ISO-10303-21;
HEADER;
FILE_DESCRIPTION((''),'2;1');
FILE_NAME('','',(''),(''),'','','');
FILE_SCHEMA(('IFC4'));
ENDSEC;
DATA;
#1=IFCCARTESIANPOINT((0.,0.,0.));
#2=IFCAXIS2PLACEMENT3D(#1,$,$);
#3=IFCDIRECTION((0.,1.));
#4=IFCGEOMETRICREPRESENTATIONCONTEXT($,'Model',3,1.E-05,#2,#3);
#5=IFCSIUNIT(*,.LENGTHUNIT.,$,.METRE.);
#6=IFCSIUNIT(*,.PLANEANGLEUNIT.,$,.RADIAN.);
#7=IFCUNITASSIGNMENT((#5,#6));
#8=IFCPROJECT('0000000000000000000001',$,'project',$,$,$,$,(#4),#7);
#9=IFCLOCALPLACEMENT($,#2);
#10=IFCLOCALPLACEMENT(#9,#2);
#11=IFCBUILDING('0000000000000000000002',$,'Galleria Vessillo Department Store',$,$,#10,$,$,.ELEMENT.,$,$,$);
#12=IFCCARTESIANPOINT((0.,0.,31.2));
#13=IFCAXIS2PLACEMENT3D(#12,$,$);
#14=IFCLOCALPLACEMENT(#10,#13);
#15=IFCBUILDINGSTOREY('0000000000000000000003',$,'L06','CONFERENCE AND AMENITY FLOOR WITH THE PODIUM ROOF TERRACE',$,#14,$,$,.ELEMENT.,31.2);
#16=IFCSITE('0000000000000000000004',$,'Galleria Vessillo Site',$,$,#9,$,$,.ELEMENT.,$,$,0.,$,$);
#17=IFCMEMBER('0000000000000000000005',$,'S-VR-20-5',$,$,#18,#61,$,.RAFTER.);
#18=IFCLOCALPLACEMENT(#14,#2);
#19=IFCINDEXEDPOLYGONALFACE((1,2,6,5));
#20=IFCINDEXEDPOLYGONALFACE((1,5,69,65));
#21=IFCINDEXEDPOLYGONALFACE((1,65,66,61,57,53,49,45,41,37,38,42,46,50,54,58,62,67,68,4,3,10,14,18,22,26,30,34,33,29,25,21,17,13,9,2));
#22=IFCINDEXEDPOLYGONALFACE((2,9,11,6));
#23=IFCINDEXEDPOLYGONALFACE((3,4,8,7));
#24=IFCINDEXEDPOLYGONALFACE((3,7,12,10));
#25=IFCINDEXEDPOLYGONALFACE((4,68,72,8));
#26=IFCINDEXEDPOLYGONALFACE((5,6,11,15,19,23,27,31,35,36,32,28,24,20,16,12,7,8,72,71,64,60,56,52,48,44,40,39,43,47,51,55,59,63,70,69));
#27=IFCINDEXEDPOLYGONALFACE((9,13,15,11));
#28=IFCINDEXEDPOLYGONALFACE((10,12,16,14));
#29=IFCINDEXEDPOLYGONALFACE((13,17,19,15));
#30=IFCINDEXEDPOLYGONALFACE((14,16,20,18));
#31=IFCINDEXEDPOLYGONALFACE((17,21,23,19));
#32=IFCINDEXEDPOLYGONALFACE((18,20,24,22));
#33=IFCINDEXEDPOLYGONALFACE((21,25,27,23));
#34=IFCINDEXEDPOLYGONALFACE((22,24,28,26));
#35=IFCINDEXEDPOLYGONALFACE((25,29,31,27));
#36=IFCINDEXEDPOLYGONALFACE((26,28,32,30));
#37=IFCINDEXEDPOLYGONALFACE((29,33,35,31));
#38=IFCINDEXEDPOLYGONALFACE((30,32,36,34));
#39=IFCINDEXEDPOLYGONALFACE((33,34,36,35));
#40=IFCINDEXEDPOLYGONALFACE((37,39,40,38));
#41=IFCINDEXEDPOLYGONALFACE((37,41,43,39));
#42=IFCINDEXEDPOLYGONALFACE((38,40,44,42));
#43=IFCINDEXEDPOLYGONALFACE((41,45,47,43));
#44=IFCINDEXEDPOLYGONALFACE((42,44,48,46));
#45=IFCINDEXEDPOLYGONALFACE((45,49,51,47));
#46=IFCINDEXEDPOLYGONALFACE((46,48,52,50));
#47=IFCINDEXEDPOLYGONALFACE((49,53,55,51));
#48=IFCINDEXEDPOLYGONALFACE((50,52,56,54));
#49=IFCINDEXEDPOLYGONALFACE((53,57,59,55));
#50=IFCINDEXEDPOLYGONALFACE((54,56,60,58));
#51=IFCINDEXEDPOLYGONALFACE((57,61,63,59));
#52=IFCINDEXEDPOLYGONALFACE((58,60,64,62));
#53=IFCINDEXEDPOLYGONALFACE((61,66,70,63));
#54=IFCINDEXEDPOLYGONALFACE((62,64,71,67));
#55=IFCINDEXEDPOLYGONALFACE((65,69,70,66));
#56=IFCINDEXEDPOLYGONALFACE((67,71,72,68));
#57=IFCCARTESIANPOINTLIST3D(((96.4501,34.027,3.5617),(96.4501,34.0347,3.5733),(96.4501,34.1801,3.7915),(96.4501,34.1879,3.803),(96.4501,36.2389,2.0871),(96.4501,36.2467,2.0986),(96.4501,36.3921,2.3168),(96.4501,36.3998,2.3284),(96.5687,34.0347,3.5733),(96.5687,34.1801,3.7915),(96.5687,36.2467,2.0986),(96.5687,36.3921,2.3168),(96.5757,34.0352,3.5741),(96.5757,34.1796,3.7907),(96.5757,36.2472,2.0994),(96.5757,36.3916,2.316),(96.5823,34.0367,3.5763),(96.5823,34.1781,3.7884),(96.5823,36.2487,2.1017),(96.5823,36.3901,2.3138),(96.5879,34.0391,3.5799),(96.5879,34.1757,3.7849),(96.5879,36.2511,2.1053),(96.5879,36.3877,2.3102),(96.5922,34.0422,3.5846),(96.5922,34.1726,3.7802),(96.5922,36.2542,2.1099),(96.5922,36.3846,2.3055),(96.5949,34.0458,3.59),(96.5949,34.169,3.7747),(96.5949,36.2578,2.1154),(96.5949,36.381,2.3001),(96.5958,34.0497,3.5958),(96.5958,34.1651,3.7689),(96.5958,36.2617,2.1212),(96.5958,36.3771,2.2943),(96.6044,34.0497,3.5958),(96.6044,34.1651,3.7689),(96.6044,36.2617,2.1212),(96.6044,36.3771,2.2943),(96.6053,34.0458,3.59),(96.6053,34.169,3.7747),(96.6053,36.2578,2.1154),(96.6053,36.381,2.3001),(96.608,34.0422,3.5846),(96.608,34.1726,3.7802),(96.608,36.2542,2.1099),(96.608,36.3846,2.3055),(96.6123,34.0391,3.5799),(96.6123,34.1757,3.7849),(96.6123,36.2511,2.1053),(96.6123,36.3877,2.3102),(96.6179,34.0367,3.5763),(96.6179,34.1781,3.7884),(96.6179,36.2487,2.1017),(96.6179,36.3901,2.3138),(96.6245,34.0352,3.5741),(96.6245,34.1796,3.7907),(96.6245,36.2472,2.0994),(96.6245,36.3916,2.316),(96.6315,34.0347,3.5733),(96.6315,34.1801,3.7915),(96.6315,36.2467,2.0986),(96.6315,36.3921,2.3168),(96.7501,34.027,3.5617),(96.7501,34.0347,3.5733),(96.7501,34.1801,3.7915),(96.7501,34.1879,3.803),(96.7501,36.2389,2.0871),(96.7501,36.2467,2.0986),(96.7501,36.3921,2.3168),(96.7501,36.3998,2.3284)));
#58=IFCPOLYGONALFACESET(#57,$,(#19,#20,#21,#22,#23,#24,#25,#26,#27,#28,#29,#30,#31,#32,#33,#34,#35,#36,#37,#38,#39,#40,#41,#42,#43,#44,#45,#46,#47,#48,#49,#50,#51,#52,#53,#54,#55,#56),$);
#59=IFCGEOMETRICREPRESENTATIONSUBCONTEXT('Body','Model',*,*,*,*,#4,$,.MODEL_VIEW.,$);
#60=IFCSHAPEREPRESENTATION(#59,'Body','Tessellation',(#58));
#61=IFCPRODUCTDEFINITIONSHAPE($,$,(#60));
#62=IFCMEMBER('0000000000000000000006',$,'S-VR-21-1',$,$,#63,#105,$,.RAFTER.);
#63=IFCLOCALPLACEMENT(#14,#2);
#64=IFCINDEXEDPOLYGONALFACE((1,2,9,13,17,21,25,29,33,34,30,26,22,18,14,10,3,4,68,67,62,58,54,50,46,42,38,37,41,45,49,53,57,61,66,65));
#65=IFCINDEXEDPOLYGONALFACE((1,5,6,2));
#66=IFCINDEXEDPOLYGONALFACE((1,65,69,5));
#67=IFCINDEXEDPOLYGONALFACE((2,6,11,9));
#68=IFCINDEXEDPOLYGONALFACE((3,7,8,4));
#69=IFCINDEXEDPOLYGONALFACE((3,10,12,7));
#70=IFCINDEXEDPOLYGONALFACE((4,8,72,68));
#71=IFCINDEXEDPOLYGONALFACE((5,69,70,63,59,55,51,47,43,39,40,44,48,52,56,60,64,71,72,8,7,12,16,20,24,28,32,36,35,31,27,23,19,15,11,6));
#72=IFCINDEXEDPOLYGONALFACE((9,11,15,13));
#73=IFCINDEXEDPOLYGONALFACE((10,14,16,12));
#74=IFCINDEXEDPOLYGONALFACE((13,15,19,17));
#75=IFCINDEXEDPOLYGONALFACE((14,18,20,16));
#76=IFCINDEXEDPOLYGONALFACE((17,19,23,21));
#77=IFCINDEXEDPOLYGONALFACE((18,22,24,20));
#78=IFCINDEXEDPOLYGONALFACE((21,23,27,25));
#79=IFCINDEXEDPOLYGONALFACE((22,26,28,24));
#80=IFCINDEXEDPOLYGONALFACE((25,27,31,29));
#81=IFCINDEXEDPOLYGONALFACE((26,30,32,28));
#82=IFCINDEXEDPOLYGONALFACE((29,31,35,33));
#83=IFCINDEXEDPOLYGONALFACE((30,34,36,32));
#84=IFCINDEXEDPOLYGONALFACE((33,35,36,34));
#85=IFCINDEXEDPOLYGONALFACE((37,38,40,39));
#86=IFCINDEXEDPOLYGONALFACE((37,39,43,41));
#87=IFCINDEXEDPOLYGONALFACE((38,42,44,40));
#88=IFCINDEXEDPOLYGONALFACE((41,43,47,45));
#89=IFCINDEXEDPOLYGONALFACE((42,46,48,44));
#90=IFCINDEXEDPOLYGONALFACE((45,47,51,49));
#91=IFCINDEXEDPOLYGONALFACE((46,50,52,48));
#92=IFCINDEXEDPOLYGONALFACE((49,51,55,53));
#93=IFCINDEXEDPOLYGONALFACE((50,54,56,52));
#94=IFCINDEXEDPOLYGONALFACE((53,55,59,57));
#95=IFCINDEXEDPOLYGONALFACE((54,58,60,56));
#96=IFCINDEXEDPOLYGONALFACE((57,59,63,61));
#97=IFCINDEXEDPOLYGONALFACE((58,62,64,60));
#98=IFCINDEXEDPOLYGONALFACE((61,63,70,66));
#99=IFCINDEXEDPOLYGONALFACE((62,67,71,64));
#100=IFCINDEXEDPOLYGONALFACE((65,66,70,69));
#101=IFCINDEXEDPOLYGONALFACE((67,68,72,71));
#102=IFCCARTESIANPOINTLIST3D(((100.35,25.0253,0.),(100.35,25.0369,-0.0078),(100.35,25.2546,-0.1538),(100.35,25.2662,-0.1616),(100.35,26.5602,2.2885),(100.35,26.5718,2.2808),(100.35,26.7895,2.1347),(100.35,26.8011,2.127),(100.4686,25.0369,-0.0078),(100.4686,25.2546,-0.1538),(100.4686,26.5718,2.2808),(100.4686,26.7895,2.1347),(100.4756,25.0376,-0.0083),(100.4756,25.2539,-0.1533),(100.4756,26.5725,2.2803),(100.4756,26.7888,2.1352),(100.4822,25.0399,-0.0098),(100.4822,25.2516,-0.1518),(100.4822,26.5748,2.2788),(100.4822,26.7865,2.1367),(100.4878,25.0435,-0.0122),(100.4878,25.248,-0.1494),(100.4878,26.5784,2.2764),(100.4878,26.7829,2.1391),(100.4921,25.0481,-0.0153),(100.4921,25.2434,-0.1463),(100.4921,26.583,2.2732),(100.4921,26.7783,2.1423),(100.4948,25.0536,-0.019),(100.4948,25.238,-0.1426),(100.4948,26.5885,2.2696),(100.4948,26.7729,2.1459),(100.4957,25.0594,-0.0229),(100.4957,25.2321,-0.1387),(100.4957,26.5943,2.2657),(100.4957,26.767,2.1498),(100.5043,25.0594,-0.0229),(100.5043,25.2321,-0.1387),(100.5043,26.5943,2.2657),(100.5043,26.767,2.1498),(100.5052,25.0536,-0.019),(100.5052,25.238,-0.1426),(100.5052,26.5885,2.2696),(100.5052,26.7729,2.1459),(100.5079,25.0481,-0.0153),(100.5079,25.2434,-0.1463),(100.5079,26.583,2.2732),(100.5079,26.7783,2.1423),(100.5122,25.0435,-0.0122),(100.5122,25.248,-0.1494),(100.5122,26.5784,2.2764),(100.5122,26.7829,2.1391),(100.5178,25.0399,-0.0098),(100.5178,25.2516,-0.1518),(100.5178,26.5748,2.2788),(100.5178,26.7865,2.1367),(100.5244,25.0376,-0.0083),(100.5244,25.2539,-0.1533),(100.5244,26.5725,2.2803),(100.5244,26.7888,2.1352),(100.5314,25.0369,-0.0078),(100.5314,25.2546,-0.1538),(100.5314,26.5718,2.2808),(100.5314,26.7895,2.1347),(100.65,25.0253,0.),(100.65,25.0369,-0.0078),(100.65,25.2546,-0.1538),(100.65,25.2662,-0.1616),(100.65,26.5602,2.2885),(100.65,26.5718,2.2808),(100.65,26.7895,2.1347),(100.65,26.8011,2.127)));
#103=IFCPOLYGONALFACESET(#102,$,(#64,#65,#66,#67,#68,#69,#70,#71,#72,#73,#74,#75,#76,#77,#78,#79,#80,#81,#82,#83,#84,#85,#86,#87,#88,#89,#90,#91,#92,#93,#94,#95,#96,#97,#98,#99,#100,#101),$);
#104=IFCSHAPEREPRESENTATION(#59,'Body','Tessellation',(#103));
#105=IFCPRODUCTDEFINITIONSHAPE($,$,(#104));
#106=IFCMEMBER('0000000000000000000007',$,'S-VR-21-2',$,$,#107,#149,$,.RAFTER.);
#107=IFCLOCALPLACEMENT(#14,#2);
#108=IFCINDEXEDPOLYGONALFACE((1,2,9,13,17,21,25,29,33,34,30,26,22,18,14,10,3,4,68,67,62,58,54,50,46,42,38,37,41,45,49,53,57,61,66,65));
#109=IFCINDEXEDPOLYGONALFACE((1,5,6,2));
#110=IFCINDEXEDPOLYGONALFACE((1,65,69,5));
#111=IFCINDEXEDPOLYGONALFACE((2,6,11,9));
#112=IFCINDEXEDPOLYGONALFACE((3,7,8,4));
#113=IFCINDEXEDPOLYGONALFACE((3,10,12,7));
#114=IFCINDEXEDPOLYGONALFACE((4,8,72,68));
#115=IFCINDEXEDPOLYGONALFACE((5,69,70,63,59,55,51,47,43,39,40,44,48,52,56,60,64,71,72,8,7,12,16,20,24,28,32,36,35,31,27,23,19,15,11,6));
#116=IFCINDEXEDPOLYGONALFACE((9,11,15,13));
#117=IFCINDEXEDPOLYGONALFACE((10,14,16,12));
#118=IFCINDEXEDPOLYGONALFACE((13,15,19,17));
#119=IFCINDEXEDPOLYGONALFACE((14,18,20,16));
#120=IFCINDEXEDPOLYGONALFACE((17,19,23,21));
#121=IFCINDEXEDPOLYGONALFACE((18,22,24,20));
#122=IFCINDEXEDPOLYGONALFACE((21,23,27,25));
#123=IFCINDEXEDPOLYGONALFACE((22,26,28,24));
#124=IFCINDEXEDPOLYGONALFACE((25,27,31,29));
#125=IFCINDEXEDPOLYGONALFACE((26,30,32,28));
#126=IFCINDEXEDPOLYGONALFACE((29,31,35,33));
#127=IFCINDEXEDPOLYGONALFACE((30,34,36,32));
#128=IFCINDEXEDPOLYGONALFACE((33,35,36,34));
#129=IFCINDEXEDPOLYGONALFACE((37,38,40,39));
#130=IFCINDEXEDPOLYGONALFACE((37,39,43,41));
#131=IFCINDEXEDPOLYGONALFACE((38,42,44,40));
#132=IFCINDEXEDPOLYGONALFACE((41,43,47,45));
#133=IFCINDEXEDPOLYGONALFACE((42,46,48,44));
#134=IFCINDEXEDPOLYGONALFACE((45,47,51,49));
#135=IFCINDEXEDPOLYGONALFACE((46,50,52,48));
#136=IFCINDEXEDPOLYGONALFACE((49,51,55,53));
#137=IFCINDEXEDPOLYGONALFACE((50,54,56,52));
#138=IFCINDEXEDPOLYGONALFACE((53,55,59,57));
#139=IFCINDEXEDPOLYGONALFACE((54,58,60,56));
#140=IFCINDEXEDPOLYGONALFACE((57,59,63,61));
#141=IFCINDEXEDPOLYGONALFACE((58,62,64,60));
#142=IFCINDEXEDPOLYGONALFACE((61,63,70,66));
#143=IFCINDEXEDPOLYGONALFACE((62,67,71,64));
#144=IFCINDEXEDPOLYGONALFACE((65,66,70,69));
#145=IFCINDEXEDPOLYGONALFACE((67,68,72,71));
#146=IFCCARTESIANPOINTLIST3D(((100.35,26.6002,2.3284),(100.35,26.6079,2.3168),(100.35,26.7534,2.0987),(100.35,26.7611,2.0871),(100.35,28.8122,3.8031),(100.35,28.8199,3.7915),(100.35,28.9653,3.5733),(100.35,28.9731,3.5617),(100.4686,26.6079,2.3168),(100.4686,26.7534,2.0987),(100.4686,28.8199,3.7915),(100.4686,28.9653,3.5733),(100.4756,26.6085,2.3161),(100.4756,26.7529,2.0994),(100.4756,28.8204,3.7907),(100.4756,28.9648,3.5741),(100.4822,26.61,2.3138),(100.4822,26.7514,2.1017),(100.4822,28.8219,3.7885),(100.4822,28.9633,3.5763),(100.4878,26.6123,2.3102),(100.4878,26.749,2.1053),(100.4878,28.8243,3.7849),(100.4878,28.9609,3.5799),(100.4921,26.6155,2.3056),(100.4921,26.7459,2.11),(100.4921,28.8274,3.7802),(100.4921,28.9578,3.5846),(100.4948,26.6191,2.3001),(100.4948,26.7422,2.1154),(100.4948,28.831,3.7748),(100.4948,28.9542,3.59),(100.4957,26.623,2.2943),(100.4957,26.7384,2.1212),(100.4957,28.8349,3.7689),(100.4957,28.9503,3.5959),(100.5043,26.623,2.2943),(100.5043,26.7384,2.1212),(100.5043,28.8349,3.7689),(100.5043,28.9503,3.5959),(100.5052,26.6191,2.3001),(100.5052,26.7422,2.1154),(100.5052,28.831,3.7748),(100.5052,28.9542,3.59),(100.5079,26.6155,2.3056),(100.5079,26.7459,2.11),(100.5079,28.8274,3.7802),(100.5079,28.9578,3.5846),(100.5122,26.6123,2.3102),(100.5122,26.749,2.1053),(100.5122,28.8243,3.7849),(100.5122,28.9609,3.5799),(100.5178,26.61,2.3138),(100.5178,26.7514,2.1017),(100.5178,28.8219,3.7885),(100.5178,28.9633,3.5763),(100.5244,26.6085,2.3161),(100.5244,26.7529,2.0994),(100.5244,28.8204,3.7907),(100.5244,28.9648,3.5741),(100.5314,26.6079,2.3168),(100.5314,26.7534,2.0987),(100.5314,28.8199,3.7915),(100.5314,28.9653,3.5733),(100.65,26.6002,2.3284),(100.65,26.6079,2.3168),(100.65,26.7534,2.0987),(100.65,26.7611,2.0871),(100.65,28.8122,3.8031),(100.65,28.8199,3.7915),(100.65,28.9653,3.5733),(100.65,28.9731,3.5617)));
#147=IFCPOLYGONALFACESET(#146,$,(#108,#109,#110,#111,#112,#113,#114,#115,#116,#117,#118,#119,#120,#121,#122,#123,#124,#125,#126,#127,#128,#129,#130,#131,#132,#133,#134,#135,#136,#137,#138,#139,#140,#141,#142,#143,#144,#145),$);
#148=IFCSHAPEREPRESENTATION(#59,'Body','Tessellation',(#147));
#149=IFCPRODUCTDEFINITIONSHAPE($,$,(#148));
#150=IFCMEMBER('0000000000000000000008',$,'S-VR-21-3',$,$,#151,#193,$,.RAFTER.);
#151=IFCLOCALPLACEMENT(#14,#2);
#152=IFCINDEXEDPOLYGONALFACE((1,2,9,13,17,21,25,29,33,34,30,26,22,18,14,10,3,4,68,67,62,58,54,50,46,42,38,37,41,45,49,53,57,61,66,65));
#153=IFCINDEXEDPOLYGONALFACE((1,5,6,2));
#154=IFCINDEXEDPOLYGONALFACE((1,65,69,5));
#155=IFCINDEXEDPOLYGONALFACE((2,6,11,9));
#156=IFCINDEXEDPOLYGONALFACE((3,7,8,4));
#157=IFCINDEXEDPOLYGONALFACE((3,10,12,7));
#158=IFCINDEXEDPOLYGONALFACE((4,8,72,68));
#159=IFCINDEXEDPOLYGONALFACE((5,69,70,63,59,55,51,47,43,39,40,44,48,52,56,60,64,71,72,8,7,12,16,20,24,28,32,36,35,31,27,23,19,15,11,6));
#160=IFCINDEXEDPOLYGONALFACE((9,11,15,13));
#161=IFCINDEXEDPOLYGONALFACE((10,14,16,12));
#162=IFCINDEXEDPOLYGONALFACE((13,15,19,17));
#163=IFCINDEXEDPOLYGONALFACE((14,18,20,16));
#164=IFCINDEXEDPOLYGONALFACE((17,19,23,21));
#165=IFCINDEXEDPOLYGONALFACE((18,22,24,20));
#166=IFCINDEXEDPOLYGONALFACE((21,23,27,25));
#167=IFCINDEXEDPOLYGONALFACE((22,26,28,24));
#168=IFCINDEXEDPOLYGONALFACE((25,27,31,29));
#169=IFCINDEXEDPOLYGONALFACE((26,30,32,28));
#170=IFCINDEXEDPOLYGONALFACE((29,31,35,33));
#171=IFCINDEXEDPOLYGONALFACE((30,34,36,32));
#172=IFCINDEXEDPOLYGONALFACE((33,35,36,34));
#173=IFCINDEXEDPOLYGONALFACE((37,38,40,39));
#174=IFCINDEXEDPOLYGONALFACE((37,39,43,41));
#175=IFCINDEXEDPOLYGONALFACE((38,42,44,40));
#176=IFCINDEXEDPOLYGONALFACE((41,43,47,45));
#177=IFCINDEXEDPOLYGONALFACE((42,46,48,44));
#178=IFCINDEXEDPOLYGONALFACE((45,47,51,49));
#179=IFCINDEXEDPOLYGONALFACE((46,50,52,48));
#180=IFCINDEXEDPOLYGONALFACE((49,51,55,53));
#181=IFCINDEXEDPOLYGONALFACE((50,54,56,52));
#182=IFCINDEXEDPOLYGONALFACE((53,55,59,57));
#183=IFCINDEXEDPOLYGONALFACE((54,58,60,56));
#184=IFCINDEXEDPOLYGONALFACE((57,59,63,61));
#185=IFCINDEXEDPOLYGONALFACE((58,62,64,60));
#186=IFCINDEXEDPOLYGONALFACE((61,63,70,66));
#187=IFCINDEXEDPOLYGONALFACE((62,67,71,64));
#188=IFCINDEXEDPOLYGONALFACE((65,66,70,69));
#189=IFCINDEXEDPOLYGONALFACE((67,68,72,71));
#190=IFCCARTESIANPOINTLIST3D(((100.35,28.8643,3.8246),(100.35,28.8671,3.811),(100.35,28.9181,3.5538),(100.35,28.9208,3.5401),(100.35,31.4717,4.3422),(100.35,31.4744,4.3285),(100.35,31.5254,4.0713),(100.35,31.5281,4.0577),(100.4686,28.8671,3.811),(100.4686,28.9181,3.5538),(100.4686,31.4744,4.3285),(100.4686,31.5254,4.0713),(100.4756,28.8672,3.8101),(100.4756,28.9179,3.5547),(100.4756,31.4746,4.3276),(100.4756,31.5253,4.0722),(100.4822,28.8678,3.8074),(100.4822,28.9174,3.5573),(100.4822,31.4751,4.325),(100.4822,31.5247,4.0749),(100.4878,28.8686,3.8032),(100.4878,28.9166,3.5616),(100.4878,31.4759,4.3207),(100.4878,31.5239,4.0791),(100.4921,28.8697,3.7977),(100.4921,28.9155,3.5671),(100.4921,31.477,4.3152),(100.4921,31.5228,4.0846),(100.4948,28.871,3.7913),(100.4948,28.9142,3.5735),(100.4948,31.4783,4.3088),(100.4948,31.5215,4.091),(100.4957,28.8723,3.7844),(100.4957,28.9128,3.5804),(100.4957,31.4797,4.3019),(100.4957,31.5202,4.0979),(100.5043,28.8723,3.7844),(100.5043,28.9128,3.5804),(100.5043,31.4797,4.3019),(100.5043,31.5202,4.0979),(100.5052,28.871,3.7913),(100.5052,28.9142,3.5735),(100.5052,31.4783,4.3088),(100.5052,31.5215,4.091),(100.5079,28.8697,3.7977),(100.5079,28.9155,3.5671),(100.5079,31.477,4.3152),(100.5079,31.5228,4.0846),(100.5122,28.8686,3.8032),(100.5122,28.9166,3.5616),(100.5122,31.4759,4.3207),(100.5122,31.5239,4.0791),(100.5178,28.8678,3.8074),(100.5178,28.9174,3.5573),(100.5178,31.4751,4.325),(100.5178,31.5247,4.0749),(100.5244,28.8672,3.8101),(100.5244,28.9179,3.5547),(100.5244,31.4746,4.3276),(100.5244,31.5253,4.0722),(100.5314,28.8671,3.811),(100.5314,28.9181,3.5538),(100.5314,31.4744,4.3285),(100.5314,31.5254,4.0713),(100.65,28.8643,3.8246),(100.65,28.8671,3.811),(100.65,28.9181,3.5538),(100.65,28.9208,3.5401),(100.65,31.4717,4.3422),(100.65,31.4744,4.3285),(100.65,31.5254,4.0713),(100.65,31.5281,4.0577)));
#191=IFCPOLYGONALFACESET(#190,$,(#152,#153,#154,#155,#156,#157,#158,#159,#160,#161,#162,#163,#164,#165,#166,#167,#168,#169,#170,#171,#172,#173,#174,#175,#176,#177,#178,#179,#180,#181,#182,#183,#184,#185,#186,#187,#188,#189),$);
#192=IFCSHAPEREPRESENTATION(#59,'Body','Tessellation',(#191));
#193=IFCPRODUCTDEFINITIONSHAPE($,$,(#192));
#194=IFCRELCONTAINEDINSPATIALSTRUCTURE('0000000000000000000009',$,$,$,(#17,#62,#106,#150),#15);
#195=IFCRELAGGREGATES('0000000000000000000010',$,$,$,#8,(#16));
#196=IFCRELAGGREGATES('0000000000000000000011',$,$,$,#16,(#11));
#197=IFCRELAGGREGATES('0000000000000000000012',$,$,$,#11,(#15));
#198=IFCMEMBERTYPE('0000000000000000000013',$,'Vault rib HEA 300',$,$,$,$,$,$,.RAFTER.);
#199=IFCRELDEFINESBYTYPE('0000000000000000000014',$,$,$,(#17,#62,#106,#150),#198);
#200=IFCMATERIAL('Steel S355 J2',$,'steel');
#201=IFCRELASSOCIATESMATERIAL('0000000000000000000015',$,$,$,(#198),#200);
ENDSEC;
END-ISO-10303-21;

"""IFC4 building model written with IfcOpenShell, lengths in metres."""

from ifc_helpers import new_model, si_unit, direction, frame, origin, origin_2d, place, context, subcontext, project, spatial, i_section, extrude, material, material_profile, profile_set, type_object, element, save


model = new_model("IFC4")

# Units and contexts
model_context = context("Model", 3, precision=1e-05, world=origin(), true_north=direction((0.0, 1.0)))
body_context = subcontext(model_context, "Body", "Model", "MODEL_VIEW")
ifc_project = project(units=[si_unit("LENGTHUNIT", "METRE"), si_unit("PLANEANGLEUNIT", "RADIAN")], contexts=[model_context])

# Site, building, storey
site_placement = place(None, origin())
site = spatial("IfcSite", under=ifc_project, at=site_placement, Name="Galleria Vessillo Site", CompositionType="ELEMENT", RefElevation=0.0)
building_placement = place(site_placement, origin())
building = spatial("IfcBuilding", under=site, at=building_placement, Name="Galleria Vessillo Department Store", CompositionType="ELEMENT")
storey_placement = place(building_placement, frame((0.0, 0.0, 31.2)))
storey = spatial("IfcBuildingStorey", under=building, at=storey_placement, Name="L06", Description="CONFERENCE AND AMENITY FLOOR WITH THE PODIUM ROOF TERRACE", CompositionType="ELEMENT", Elevation=31.2)

# Members
ifc_material_1 = material(Name="Steel S355 J2", Category="steel")
ifc_material_profile_1 = material_profile(ifc_material_1, i_section(OverallWidth=0.3, OverallDepth=0.29, WebThickness=0.0085, FlangeThickness=0.0139, FilletRadius=0.0271, at=origin_2d()), Name="HEA 300")
ifc_profile_set_1 = profile_set([ifc_material_profile_1], Name="Steel S355 J2")
member_type_1 = type_object("IfcMemberType", Name="Vault rib HEA 300", PredefinedType="RAFTER", material=ifc_profile_set_1)
member_1_placement = place(storey_placement, frame((96.6001, 34.1074, 3.6824), z_axis=(0.0, 0.83205, -0.5547), x_axis=(-1.0, 0.0, 0.0)))
element("IfcMember", 1, at=member_1_placement, inside=storey, type_object=member_type_1, Name="S-VR-20-5", PredefinedType="RAFTER", context=body_context, shape_type="SweptSolid", body=[
    extrude(i_section(OverallWidth=0.3, OverallDepth=0.29, WebThickness=0.0085, FlangeThickness=0.0139, FilletRadius=0.0271, at=origin_2d()), origin(), (0.0, 0.0, 1.0), 2.6584),
])
member_2_placement = place(storey_placement, frame((100.5, 25.1458, -0.0808), z_axis=(0.0, 0.557008, 0.830507), x_axis=(-1.0, 0.0, 0.0)))
element("IfcMember", 2, at=member_2_placement, inside=storey, type_object=member_type_1, Name="S-VR-21-1", PredefinedType="RAFTER", context=body_context, shape_type="SweptSolid", body=[
    extrude(i_section(OverallWidth=0.3, OverallDepth=0.29, WebThickness=0.0085, FlangeThickness=0.0139, FilletRadius=0.0271, at=origin_2d()), origin(), (0.0, 0.0, 1.0), 2.7556),
])
member_3_placement = place(storey_placement, frame((100.5, 26.6807, 2.2078), z_axis=(0.0, 0.83205, 0.5547), x_axis=(-1.0, 0.0, 0.0)))
element("IfcMember", 3, at=member_3_placement, inside=storey, type_object=member_type_1, Name="S-VR-21-2", PredefinedType="RAFTER", context=body_context, shape_type="SweptSolid", body=[
    extrude(i_section(OverallWidth=0.3, OverallDepth=0.29, WebThickness=0.0085, FlangeThickness=0.0139, FilletRadius=0.0271, at=origin_2d()), origin(), (0.0, 0.0, 1.0), 2.6584),
])
for number, where, z_axis, x_axis, name in (
    (4, (100.5, 28.8926, 3.6824), (0.0, 0.980862, 0.194703), (-1.0, 0.0, 0.0), "S-VR-21-3"),
):
    element("IfcMember", number, at=place(storey_placement, frame(where, z_axis=z_axis, x_axis=x_axis)), inside=storey, type_object=member_type_1, Name=name, PredefinedType="RAFTER", context=body_context, shape_type="SweptSolid", body=[
        extrude(i_section(OverallWidth=0.3, OverallDepth=0.29, WebThickness=0.0085, FlangeThickness=0.0139, FilletRadius=0.0271, at=origin_2d()), origin(), (0.0, 0.0, 1.0), 2.6582),
    ])

save(model, "model.ifc")
